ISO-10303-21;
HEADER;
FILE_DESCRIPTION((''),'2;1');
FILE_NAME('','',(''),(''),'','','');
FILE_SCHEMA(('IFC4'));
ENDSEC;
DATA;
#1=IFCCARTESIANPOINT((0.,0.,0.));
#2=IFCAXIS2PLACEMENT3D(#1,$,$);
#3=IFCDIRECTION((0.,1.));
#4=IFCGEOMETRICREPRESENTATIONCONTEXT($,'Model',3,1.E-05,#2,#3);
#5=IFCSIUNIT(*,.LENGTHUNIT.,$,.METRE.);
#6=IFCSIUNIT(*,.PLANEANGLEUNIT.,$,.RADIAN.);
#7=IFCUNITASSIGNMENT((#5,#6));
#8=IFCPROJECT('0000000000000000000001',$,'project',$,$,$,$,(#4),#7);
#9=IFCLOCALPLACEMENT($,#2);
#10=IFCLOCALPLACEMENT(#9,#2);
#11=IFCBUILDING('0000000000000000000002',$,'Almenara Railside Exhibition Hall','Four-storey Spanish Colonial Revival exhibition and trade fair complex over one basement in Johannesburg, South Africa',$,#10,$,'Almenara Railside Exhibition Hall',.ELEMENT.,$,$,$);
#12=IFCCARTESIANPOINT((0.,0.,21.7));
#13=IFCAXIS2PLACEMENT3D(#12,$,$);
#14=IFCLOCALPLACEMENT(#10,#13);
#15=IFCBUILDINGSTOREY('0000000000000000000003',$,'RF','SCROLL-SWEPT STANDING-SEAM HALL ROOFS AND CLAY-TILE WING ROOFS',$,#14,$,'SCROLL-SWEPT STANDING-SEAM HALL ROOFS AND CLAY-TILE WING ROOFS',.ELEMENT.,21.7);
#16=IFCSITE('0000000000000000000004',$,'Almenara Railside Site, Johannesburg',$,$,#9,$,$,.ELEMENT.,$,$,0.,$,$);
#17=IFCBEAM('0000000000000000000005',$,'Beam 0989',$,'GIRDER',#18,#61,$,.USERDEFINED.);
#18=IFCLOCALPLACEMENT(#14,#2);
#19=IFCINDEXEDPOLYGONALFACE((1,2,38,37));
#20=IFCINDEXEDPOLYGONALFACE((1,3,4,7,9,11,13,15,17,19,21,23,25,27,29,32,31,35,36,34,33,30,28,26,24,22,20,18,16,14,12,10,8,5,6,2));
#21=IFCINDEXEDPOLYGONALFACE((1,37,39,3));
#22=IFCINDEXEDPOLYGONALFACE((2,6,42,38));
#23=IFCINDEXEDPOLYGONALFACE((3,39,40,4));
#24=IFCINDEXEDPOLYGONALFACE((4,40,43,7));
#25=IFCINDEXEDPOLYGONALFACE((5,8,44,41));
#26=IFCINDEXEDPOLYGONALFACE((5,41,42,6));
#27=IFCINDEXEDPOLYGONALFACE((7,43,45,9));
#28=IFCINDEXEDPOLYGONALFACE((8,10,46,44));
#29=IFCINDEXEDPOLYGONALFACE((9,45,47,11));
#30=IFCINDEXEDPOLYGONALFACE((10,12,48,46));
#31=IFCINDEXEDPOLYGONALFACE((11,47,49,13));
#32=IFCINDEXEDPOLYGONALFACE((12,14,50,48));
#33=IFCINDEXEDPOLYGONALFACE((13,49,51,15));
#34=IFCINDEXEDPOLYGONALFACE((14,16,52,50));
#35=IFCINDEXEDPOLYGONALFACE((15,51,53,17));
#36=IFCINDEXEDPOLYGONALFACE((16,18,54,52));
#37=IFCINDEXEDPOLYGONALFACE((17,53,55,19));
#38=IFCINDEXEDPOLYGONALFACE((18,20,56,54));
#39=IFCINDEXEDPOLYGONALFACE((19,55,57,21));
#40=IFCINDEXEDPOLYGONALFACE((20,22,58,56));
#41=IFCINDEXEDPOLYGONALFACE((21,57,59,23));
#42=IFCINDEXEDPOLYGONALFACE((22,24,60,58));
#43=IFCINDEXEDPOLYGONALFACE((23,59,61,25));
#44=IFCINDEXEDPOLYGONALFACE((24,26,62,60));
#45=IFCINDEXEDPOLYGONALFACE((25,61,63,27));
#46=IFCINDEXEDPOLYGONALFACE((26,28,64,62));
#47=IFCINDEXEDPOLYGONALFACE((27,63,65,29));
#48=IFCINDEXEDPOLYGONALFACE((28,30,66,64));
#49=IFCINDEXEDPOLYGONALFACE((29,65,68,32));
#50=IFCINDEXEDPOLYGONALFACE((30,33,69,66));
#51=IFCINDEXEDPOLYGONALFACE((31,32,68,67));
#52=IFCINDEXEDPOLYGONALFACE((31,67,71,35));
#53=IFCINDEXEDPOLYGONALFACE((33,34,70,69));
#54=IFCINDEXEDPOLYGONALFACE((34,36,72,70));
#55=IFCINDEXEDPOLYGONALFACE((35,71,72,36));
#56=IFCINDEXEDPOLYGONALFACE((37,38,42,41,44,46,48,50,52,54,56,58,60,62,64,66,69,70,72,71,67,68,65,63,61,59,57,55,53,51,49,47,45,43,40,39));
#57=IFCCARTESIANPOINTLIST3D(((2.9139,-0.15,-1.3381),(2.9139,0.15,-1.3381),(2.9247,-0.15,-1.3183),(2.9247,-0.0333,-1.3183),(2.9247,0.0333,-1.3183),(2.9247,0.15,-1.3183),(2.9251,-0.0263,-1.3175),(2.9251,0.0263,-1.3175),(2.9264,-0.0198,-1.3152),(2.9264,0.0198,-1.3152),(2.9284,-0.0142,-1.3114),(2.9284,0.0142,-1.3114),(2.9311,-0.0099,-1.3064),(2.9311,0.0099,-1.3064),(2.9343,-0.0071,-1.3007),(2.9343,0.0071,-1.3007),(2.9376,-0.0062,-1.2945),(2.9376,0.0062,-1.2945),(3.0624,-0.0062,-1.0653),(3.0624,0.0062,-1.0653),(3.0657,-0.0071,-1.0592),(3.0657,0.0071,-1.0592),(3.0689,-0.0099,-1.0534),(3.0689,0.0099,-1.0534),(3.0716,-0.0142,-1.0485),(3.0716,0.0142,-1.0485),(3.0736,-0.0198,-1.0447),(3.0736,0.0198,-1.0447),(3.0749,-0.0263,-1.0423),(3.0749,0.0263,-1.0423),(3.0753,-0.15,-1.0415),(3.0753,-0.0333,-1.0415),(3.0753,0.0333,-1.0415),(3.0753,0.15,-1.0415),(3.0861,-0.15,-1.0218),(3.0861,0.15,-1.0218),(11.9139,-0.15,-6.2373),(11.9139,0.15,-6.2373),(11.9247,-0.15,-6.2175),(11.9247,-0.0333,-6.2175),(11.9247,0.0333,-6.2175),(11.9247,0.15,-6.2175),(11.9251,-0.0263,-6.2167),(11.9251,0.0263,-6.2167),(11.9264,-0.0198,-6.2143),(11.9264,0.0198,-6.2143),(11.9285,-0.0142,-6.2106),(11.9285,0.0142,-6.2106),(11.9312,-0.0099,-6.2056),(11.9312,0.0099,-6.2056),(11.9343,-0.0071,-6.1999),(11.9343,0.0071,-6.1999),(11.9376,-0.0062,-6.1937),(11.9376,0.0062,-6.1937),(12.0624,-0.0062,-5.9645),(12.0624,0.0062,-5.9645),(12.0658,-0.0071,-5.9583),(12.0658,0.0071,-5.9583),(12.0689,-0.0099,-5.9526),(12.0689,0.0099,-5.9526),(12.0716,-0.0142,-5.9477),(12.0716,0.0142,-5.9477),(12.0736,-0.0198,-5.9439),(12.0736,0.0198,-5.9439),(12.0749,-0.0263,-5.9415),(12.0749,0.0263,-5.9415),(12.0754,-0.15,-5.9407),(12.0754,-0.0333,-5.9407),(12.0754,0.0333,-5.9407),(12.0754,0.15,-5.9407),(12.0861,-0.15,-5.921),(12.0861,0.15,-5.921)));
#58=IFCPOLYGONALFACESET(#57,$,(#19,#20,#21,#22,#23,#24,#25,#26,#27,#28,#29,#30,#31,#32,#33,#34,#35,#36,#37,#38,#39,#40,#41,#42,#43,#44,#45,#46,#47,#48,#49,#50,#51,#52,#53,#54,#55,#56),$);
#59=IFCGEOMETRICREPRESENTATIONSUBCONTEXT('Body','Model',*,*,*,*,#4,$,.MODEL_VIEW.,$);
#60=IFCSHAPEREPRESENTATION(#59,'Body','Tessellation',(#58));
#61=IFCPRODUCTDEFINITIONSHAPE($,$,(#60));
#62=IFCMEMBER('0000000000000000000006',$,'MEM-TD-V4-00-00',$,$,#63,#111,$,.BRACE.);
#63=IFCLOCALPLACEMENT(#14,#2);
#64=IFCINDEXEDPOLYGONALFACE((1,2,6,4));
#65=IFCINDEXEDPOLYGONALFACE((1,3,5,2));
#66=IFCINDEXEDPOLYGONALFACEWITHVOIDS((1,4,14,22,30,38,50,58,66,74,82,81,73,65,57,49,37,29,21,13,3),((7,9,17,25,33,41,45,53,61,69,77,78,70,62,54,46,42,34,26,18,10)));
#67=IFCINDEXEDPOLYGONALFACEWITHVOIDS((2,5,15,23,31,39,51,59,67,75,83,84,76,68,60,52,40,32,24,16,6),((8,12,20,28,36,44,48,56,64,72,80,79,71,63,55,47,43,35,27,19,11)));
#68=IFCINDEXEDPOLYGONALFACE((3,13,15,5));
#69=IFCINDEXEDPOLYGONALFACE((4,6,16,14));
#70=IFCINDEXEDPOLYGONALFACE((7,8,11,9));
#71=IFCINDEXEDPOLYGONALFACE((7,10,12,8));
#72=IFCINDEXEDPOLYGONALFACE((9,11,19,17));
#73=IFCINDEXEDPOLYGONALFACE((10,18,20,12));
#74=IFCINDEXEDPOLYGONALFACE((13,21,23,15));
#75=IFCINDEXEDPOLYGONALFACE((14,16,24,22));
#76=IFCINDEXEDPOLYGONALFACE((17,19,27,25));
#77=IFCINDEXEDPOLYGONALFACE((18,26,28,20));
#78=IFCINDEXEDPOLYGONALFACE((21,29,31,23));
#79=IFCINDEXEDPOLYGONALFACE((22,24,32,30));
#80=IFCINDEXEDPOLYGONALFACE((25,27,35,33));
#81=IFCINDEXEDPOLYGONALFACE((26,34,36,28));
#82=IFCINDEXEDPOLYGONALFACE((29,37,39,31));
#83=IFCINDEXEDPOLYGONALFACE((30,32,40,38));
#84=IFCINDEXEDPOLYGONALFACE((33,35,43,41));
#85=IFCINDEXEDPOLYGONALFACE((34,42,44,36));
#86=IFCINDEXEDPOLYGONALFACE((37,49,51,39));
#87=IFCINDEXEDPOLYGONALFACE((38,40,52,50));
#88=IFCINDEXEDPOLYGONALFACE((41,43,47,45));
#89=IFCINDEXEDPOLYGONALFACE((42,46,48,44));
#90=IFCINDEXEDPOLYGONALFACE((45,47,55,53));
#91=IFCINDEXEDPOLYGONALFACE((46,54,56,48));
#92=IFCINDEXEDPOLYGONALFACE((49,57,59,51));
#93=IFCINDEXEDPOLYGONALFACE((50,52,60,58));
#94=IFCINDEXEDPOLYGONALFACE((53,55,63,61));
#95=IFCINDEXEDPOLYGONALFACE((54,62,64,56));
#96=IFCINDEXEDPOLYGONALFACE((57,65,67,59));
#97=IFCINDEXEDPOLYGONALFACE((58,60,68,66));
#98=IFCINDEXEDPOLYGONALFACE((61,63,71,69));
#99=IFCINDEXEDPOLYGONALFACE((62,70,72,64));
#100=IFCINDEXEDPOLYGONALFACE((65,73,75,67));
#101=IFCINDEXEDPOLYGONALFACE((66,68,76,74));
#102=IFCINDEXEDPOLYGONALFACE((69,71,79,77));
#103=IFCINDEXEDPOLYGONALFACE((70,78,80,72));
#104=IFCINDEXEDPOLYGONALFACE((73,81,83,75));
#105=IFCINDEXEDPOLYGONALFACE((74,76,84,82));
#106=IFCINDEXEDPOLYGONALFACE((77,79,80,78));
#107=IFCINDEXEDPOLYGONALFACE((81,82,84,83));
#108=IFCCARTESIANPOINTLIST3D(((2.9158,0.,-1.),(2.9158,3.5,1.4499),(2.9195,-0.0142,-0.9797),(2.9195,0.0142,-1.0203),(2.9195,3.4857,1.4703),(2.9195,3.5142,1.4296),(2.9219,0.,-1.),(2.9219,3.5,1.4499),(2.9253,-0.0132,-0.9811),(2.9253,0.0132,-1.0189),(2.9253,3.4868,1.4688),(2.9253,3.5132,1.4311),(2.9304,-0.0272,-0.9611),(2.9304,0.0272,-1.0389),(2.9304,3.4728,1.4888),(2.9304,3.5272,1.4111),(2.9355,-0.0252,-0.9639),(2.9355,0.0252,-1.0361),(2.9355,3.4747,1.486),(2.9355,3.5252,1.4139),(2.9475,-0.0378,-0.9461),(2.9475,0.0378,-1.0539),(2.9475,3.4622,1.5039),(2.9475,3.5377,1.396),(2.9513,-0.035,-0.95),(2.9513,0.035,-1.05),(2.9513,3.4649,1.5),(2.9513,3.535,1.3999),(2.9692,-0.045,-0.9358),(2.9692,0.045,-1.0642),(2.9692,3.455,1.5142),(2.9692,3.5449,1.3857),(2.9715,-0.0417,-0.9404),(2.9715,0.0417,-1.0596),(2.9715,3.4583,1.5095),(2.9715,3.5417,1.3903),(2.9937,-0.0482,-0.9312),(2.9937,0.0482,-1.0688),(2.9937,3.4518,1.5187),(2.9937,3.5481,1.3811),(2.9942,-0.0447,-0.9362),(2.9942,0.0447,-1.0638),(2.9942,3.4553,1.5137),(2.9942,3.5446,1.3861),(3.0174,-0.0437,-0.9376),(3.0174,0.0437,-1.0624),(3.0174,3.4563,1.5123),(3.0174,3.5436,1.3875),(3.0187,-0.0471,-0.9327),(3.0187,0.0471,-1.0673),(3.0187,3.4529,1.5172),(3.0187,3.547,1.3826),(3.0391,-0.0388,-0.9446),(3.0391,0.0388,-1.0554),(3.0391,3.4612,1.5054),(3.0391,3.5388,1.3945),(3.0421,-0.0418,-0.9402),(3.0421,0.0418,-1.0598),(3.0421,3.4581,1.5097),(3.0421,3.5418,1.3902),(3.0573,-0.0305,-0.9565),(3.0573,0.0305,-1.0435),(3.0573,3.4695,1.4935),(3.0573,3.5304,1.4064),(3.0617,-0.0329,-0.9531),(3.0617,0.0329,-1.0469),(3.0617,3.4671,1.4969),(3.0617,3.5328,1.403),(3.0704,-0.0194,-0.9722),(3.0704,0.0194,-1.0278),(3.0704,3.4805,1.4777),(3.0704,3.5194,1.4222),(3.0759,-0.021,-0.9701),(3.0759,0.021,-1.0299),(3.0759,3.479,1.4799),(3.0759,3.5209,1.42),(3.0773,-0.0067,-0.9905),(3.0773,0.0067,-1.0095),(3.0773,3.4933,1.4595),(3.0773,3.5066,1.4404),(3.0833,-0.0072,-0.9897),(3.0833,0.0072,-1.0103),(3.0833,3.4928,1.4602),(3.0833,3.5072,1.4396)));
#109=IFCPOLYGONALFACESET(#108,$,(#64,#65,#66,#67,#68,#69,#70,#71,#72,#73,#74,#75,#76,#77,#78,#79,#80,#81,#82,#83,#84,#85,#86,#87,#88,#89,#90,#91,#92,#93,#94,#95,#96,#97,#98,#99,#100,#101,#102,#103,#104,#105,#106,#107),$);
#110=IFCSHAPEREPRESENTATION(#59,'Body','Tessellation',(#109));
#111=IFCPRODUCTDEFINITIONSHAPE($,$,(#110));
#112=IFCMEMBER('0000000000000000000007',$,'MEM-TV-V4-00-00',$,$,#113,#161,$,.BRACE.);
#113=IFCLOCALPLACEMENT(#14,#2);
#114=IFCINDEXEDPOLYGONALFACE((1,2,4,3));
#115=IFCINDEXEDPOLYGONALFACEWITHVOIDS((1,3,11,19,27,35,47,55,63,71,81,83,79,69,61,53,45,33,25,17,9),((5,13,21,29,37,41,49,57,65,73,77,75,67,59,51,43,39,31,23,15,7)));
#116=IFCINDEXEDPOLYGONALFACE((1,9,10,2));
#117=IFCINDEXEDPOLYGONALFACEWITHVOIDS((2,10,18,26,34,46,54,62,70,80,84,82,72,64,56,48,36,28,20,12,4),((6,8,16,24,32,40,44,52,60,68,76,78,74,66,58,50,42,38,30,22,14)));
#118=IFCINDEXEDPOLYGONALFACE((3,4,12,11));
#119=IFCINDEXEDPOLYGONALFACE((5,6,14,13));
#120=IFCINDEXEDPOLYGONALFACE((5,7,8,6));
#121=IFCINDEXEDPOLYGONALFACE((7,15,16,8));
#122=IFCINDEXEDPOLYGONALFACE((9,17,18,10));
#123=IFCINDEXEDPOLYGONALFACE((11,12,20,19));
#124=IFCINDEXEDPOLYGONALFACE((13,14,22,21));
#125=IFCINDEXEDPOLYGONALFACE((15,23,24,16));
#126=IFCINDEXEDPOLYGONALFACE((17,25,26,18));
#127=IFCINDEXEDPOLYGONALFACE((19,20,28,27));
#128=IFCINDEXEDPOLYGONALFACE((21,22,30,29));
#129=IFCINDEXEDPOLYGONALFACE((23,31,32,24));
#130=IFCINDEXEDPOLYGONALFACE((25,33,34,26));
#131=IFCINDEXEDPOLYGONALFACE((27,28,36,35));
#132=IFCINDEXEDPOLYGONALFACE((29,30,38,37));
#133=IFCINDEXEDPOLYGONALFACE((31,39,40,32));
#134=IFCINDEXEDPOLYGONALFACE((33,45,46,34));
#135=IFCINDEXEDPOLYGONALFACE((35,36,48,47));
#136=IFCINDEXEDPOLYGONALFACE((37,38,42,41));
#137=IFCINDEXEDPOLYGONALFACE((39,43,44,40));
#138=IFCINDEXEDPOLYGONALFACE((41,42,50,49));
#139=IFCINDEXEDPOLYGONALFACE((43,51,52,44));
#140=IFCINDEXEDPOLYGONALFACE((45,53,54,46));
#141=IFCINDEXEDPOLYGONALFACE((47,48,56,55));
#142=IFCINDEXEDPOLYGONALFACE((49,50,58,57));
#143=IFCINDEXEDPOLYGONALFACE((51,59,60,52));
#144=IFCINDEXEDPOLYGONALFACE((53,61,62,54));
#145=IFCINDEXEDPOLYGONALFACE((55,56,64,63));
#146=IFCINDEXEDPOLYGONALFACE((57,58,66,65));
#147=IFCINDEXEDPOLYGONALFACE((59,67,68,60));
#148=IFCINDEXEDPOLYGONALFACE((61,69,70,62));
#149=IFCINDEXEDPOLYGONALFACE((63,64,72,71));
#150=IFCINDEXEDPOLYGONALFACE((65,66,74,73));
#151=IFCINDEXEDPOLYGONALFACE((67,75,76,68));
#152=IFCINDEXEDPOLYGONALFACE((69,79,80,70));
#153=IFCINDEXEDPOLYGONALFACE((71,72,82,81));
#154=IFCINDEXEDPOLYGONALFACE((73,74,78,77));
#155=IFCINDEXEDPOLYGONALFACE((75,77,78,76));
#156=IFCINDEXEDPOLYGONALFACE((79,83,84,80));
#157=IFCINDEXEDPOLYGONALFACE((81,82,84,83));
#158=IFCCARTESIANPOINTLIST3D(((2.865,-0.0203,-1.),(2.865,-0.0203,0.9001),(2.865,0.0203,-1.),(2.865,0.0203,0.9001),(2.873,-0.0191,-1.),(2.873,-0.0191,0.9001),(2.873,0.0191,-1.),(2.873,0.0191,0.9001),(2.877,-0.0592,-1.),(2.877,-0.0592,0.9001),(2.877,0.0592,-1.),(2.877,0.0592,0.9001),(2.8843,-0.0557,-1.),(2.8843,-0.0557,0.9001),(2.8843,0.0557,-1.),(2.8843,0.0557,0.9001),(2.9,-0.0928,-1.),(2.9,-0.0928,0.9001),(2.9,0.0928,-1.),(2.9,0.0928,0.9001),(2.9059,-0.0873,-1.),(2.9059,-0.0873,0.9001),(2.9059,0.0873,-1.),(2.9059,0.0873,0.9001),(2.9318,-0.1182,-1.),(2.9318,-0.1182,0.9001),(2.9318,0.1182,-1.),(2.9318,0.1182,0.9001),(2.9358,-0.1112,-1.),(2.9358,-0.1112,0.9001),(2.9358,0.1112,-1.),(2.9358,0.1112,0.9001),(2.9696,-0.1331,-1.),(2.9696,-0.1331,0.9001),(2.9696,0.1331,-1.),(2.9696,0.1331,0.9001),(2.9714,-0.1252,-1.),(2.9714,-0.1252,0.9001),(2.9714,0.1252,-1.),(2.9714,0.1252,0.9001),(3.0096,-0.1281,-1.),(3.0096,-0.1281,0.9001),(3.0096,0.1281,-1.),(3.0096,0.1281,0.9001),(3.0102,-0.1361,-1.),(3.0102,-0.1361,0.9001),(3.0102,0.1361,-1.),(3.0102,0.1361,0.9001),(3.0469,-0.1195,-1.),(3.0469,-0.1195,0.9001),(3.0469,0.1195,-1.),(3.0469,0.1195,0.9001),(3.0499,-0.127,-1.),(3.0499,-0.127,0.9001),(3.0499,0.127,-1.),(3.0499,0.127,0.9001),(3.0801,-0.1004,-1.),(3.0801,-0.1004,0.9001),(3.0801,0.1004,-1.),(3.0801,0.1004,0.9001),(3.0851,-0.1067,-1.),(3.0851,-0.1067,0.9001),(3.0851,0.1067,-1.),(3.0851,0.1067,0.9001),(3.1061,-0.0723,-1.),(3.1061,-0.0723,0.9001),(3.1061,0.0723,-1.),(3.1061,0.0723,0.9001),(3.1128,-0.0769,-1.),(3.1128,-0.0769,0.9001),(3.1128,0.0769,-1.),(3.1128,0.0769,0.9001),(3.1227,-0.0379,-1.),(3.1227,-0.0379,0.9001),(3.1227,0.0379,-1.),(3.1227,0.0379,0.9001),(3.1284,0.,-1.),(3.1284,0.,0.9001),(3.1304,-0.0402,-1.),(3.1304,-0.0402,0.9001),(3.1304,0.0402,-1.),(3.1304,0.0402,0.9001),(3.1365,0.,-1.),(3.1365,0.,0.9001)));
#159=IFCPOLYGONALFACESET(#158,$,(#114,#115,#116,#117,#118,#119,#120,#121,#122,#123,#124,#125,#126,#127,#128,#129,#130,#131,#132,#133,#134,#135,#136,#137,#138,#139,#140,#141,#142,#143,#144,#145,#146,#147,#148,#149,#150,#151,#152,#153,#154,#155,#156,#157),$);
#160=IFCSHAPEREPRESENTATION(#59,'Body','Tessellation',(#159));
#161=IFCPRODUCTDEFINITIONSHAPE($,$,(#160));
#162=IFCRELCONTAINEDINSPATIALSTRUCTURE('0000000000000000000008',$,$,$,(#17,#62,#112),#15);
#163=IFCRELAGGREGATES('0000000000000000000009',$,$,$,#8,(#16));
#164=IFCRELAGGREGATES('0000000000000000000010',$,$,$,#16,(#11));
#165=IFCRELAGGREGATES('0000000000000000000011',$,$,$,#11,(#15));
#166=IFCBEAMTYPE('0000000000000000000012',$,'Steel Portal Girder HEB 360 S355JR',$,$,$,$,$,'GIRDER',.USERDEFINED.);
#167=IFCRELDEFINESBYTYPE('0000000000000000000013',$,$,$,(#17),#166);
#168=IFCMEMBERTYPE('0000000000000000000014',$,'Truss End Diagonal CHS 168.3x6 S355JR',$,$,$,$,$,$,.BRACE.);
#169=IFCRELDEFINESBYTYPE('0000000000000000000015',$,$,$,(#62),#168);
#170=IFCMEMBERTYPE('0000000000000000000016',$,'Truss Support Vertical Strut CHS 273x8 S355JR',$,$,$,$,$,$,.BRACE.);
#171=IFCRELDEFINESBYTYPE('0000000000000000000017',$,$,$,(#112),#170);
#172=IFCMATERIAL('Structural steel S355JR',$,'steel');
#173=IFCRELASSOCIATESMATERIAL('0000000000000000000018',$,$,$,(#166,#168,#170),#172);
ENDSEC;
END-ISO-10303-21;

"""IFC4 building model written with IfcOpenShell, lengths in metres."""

from ifc_helpers import new_model, si_unit, direction, frame, origin, origin_2d, place, context, subcontext, project, spatial, hollow_circle, i_section, extrude, material, material_profile, profile_set, type_object, element, save


model = new_model("IFC4")

# Units and contexts
model_context = context("Model", 3, precision=1e-05, world=origin(), true_north=direction((0.0, 1.0)))
body_context = subcontext(model_context, "Body", "Model", "MODEL_VIEW")
ifc_project = project(units=[si_unit("LENGTHUNIT", "METRE"), si_unit("PLANEANGLEUNIT", "RADIAN")], contexts=[model_context])

# Site, building, storey
site_placement = place(None, origin())
site = spatial("IfcSite", under=ifc_project, at=site_placement, Name="Almenara Railside Site, Johannesburg", CompositionType="ELEMENT", RefElevation=0.0)
building_placement = place(site_placement, origin())
building = spatial("IfcBuilding", under=site, at=building_placement, Name="Almenara Railside Exhibition Hall", Description="Four-storey Spanish Colonial Revival exhibition and trade fair complex over one basement in Johannesburg, South Africa", LongName="Almenara Railside Exhibition Hall", CompositionType="ELEMENT")
storey_placement = place(building_placement, frame((0.0, 0.0, 21.7)))
storey = spatial("IfcBuildingStorey", under=building, at=storey_placement, Name="RF", Description="SCROLL-SWEPT STANDING-SEAM HALL ROOFS AND CLAY-TILE WING ROOFS", LongName="SCROLL-SWEPT STANDING-SEAM HALL ROOFS AND CLAY-TILE WING ROOFS", CompositionType="ELEMENT", Elevation=21.7)

# Shared definitions
ifc_material_1 = material(Name="Structural steel S355JR", Category="steel")

# Beam
ifc_material_profile_1 = material_profile(ifc_material_1, i_section(OverallWidth=0.3, OverallDepth=0.3601, WebThickness=0.0125, FlangeThickness=0.0225, FilletRadius=0.0271, at=origin_2d()), Name="HEB 360")
ifc_profile_set_1 = profile_set([ifc_material_profile_1], Name="Structural steel S355JR")
beam_type = type_object("IfcBeamType", Name="Steel Portal Girder HEB 360 S355JR", ElementType="GIRDER", PredefinedType="USERDEFINED", material=ifc_profile_set_1)
beam_placement = place(storey_placement, frame((3.0, 0.0, -1.1799), z_axis=(0.878302, 0.0, -0.478106), x_axis=(0.0, 1.0, 0.0)))
element("IfcBeam", 1, at=beam_placement, inside=storey, type_object=beam_type, Name="Beam 0989", ObjectType="GIRDER", PredefinedType="USERDEFINED", context=body_context, shape_type="SweptSolid", body=[
    extrude(i_section(OverallWidth=0.3, OverallDepth=0.3601, WebThickness=0.0125, FlangeThickness=0.0225, FilletRadius=0.0271, at=origin_2d()), origin(), (0.0, 0.0, 1.0), 10.2471),
])

# Members
ifc_material_profile_2 = material_profile(ifc_material_1, hollow_circle(Radius=0.0842, WallThickness=0.0061, at=origin_2d()), Name="CHS 168.3x6")
ifc_profile_set_2 = profile_set([ifc_material_profile_2], Name="Structural steel S355JR")
member_type_1 = type_object("IfcMemberType", Name="Truss End Diagonal CHS 168.3x6 S355JR", PredefinedType="BRACE", material=ifc_profile_set_2)
member_1_placement = place(storey_placement, frame((3.0, 0.0, -1.0), z_axis=(0.0, 0.819237, 0.573455), x_axis=(-1.0, 0.0, 0.0)))
element("IfcMember", 2, at=member_1_placement, inside=storey, type_object=member_type_1, Name="MEM-TD-V4-00-00", PredefinedType="BRACE", context=body_context, shape_type="SweptSolid", body=[
    extrude(hollow_circle(Radius=0.0842, WallThickness=0.0061, at=origin_2d()), origin(), (0.0, 0.0, 1.0), 4.2722),
])
ifc_material_profile_3 = material_profile(ifc_material_1, hollow_circle(Radius=0.1365, WallThickness=0.0081, at=origin_2d()), Name="CHS 273x8")
ifc_profile_set_3 = profile_set([ifc_material_profile_3], Name="Structural steel S355JR")
member_type_2 = type_object("IfcMemberType", Name="Truss Support Vertical Strut CHS 273x8 S355JR", PredefinedType="BRACE", material=ifc_profile_set_3)
member_2_placement = place(storey_placement, frame((3.0, 0.0, -1.0), z_axis=(0.0, 0.0, 1.0), x_axis=(1.0, 0.0, 0.0)))
element("IfcMember", 3, at=member_2_placement, inside=storey, type_object=member_type_2, Name="MEM-TV-V4-00-00", PredefinedType="BRACE", context=body_context, shape_type="SweptSolid", body=[
    extrude(hollow_circle(Radius=0.1365, WallThickness=0.0081, at=origin_2d()), origin(), (0.0, 0.0, 1.0), 1.9001),
])

save(model, "model.ifc")
